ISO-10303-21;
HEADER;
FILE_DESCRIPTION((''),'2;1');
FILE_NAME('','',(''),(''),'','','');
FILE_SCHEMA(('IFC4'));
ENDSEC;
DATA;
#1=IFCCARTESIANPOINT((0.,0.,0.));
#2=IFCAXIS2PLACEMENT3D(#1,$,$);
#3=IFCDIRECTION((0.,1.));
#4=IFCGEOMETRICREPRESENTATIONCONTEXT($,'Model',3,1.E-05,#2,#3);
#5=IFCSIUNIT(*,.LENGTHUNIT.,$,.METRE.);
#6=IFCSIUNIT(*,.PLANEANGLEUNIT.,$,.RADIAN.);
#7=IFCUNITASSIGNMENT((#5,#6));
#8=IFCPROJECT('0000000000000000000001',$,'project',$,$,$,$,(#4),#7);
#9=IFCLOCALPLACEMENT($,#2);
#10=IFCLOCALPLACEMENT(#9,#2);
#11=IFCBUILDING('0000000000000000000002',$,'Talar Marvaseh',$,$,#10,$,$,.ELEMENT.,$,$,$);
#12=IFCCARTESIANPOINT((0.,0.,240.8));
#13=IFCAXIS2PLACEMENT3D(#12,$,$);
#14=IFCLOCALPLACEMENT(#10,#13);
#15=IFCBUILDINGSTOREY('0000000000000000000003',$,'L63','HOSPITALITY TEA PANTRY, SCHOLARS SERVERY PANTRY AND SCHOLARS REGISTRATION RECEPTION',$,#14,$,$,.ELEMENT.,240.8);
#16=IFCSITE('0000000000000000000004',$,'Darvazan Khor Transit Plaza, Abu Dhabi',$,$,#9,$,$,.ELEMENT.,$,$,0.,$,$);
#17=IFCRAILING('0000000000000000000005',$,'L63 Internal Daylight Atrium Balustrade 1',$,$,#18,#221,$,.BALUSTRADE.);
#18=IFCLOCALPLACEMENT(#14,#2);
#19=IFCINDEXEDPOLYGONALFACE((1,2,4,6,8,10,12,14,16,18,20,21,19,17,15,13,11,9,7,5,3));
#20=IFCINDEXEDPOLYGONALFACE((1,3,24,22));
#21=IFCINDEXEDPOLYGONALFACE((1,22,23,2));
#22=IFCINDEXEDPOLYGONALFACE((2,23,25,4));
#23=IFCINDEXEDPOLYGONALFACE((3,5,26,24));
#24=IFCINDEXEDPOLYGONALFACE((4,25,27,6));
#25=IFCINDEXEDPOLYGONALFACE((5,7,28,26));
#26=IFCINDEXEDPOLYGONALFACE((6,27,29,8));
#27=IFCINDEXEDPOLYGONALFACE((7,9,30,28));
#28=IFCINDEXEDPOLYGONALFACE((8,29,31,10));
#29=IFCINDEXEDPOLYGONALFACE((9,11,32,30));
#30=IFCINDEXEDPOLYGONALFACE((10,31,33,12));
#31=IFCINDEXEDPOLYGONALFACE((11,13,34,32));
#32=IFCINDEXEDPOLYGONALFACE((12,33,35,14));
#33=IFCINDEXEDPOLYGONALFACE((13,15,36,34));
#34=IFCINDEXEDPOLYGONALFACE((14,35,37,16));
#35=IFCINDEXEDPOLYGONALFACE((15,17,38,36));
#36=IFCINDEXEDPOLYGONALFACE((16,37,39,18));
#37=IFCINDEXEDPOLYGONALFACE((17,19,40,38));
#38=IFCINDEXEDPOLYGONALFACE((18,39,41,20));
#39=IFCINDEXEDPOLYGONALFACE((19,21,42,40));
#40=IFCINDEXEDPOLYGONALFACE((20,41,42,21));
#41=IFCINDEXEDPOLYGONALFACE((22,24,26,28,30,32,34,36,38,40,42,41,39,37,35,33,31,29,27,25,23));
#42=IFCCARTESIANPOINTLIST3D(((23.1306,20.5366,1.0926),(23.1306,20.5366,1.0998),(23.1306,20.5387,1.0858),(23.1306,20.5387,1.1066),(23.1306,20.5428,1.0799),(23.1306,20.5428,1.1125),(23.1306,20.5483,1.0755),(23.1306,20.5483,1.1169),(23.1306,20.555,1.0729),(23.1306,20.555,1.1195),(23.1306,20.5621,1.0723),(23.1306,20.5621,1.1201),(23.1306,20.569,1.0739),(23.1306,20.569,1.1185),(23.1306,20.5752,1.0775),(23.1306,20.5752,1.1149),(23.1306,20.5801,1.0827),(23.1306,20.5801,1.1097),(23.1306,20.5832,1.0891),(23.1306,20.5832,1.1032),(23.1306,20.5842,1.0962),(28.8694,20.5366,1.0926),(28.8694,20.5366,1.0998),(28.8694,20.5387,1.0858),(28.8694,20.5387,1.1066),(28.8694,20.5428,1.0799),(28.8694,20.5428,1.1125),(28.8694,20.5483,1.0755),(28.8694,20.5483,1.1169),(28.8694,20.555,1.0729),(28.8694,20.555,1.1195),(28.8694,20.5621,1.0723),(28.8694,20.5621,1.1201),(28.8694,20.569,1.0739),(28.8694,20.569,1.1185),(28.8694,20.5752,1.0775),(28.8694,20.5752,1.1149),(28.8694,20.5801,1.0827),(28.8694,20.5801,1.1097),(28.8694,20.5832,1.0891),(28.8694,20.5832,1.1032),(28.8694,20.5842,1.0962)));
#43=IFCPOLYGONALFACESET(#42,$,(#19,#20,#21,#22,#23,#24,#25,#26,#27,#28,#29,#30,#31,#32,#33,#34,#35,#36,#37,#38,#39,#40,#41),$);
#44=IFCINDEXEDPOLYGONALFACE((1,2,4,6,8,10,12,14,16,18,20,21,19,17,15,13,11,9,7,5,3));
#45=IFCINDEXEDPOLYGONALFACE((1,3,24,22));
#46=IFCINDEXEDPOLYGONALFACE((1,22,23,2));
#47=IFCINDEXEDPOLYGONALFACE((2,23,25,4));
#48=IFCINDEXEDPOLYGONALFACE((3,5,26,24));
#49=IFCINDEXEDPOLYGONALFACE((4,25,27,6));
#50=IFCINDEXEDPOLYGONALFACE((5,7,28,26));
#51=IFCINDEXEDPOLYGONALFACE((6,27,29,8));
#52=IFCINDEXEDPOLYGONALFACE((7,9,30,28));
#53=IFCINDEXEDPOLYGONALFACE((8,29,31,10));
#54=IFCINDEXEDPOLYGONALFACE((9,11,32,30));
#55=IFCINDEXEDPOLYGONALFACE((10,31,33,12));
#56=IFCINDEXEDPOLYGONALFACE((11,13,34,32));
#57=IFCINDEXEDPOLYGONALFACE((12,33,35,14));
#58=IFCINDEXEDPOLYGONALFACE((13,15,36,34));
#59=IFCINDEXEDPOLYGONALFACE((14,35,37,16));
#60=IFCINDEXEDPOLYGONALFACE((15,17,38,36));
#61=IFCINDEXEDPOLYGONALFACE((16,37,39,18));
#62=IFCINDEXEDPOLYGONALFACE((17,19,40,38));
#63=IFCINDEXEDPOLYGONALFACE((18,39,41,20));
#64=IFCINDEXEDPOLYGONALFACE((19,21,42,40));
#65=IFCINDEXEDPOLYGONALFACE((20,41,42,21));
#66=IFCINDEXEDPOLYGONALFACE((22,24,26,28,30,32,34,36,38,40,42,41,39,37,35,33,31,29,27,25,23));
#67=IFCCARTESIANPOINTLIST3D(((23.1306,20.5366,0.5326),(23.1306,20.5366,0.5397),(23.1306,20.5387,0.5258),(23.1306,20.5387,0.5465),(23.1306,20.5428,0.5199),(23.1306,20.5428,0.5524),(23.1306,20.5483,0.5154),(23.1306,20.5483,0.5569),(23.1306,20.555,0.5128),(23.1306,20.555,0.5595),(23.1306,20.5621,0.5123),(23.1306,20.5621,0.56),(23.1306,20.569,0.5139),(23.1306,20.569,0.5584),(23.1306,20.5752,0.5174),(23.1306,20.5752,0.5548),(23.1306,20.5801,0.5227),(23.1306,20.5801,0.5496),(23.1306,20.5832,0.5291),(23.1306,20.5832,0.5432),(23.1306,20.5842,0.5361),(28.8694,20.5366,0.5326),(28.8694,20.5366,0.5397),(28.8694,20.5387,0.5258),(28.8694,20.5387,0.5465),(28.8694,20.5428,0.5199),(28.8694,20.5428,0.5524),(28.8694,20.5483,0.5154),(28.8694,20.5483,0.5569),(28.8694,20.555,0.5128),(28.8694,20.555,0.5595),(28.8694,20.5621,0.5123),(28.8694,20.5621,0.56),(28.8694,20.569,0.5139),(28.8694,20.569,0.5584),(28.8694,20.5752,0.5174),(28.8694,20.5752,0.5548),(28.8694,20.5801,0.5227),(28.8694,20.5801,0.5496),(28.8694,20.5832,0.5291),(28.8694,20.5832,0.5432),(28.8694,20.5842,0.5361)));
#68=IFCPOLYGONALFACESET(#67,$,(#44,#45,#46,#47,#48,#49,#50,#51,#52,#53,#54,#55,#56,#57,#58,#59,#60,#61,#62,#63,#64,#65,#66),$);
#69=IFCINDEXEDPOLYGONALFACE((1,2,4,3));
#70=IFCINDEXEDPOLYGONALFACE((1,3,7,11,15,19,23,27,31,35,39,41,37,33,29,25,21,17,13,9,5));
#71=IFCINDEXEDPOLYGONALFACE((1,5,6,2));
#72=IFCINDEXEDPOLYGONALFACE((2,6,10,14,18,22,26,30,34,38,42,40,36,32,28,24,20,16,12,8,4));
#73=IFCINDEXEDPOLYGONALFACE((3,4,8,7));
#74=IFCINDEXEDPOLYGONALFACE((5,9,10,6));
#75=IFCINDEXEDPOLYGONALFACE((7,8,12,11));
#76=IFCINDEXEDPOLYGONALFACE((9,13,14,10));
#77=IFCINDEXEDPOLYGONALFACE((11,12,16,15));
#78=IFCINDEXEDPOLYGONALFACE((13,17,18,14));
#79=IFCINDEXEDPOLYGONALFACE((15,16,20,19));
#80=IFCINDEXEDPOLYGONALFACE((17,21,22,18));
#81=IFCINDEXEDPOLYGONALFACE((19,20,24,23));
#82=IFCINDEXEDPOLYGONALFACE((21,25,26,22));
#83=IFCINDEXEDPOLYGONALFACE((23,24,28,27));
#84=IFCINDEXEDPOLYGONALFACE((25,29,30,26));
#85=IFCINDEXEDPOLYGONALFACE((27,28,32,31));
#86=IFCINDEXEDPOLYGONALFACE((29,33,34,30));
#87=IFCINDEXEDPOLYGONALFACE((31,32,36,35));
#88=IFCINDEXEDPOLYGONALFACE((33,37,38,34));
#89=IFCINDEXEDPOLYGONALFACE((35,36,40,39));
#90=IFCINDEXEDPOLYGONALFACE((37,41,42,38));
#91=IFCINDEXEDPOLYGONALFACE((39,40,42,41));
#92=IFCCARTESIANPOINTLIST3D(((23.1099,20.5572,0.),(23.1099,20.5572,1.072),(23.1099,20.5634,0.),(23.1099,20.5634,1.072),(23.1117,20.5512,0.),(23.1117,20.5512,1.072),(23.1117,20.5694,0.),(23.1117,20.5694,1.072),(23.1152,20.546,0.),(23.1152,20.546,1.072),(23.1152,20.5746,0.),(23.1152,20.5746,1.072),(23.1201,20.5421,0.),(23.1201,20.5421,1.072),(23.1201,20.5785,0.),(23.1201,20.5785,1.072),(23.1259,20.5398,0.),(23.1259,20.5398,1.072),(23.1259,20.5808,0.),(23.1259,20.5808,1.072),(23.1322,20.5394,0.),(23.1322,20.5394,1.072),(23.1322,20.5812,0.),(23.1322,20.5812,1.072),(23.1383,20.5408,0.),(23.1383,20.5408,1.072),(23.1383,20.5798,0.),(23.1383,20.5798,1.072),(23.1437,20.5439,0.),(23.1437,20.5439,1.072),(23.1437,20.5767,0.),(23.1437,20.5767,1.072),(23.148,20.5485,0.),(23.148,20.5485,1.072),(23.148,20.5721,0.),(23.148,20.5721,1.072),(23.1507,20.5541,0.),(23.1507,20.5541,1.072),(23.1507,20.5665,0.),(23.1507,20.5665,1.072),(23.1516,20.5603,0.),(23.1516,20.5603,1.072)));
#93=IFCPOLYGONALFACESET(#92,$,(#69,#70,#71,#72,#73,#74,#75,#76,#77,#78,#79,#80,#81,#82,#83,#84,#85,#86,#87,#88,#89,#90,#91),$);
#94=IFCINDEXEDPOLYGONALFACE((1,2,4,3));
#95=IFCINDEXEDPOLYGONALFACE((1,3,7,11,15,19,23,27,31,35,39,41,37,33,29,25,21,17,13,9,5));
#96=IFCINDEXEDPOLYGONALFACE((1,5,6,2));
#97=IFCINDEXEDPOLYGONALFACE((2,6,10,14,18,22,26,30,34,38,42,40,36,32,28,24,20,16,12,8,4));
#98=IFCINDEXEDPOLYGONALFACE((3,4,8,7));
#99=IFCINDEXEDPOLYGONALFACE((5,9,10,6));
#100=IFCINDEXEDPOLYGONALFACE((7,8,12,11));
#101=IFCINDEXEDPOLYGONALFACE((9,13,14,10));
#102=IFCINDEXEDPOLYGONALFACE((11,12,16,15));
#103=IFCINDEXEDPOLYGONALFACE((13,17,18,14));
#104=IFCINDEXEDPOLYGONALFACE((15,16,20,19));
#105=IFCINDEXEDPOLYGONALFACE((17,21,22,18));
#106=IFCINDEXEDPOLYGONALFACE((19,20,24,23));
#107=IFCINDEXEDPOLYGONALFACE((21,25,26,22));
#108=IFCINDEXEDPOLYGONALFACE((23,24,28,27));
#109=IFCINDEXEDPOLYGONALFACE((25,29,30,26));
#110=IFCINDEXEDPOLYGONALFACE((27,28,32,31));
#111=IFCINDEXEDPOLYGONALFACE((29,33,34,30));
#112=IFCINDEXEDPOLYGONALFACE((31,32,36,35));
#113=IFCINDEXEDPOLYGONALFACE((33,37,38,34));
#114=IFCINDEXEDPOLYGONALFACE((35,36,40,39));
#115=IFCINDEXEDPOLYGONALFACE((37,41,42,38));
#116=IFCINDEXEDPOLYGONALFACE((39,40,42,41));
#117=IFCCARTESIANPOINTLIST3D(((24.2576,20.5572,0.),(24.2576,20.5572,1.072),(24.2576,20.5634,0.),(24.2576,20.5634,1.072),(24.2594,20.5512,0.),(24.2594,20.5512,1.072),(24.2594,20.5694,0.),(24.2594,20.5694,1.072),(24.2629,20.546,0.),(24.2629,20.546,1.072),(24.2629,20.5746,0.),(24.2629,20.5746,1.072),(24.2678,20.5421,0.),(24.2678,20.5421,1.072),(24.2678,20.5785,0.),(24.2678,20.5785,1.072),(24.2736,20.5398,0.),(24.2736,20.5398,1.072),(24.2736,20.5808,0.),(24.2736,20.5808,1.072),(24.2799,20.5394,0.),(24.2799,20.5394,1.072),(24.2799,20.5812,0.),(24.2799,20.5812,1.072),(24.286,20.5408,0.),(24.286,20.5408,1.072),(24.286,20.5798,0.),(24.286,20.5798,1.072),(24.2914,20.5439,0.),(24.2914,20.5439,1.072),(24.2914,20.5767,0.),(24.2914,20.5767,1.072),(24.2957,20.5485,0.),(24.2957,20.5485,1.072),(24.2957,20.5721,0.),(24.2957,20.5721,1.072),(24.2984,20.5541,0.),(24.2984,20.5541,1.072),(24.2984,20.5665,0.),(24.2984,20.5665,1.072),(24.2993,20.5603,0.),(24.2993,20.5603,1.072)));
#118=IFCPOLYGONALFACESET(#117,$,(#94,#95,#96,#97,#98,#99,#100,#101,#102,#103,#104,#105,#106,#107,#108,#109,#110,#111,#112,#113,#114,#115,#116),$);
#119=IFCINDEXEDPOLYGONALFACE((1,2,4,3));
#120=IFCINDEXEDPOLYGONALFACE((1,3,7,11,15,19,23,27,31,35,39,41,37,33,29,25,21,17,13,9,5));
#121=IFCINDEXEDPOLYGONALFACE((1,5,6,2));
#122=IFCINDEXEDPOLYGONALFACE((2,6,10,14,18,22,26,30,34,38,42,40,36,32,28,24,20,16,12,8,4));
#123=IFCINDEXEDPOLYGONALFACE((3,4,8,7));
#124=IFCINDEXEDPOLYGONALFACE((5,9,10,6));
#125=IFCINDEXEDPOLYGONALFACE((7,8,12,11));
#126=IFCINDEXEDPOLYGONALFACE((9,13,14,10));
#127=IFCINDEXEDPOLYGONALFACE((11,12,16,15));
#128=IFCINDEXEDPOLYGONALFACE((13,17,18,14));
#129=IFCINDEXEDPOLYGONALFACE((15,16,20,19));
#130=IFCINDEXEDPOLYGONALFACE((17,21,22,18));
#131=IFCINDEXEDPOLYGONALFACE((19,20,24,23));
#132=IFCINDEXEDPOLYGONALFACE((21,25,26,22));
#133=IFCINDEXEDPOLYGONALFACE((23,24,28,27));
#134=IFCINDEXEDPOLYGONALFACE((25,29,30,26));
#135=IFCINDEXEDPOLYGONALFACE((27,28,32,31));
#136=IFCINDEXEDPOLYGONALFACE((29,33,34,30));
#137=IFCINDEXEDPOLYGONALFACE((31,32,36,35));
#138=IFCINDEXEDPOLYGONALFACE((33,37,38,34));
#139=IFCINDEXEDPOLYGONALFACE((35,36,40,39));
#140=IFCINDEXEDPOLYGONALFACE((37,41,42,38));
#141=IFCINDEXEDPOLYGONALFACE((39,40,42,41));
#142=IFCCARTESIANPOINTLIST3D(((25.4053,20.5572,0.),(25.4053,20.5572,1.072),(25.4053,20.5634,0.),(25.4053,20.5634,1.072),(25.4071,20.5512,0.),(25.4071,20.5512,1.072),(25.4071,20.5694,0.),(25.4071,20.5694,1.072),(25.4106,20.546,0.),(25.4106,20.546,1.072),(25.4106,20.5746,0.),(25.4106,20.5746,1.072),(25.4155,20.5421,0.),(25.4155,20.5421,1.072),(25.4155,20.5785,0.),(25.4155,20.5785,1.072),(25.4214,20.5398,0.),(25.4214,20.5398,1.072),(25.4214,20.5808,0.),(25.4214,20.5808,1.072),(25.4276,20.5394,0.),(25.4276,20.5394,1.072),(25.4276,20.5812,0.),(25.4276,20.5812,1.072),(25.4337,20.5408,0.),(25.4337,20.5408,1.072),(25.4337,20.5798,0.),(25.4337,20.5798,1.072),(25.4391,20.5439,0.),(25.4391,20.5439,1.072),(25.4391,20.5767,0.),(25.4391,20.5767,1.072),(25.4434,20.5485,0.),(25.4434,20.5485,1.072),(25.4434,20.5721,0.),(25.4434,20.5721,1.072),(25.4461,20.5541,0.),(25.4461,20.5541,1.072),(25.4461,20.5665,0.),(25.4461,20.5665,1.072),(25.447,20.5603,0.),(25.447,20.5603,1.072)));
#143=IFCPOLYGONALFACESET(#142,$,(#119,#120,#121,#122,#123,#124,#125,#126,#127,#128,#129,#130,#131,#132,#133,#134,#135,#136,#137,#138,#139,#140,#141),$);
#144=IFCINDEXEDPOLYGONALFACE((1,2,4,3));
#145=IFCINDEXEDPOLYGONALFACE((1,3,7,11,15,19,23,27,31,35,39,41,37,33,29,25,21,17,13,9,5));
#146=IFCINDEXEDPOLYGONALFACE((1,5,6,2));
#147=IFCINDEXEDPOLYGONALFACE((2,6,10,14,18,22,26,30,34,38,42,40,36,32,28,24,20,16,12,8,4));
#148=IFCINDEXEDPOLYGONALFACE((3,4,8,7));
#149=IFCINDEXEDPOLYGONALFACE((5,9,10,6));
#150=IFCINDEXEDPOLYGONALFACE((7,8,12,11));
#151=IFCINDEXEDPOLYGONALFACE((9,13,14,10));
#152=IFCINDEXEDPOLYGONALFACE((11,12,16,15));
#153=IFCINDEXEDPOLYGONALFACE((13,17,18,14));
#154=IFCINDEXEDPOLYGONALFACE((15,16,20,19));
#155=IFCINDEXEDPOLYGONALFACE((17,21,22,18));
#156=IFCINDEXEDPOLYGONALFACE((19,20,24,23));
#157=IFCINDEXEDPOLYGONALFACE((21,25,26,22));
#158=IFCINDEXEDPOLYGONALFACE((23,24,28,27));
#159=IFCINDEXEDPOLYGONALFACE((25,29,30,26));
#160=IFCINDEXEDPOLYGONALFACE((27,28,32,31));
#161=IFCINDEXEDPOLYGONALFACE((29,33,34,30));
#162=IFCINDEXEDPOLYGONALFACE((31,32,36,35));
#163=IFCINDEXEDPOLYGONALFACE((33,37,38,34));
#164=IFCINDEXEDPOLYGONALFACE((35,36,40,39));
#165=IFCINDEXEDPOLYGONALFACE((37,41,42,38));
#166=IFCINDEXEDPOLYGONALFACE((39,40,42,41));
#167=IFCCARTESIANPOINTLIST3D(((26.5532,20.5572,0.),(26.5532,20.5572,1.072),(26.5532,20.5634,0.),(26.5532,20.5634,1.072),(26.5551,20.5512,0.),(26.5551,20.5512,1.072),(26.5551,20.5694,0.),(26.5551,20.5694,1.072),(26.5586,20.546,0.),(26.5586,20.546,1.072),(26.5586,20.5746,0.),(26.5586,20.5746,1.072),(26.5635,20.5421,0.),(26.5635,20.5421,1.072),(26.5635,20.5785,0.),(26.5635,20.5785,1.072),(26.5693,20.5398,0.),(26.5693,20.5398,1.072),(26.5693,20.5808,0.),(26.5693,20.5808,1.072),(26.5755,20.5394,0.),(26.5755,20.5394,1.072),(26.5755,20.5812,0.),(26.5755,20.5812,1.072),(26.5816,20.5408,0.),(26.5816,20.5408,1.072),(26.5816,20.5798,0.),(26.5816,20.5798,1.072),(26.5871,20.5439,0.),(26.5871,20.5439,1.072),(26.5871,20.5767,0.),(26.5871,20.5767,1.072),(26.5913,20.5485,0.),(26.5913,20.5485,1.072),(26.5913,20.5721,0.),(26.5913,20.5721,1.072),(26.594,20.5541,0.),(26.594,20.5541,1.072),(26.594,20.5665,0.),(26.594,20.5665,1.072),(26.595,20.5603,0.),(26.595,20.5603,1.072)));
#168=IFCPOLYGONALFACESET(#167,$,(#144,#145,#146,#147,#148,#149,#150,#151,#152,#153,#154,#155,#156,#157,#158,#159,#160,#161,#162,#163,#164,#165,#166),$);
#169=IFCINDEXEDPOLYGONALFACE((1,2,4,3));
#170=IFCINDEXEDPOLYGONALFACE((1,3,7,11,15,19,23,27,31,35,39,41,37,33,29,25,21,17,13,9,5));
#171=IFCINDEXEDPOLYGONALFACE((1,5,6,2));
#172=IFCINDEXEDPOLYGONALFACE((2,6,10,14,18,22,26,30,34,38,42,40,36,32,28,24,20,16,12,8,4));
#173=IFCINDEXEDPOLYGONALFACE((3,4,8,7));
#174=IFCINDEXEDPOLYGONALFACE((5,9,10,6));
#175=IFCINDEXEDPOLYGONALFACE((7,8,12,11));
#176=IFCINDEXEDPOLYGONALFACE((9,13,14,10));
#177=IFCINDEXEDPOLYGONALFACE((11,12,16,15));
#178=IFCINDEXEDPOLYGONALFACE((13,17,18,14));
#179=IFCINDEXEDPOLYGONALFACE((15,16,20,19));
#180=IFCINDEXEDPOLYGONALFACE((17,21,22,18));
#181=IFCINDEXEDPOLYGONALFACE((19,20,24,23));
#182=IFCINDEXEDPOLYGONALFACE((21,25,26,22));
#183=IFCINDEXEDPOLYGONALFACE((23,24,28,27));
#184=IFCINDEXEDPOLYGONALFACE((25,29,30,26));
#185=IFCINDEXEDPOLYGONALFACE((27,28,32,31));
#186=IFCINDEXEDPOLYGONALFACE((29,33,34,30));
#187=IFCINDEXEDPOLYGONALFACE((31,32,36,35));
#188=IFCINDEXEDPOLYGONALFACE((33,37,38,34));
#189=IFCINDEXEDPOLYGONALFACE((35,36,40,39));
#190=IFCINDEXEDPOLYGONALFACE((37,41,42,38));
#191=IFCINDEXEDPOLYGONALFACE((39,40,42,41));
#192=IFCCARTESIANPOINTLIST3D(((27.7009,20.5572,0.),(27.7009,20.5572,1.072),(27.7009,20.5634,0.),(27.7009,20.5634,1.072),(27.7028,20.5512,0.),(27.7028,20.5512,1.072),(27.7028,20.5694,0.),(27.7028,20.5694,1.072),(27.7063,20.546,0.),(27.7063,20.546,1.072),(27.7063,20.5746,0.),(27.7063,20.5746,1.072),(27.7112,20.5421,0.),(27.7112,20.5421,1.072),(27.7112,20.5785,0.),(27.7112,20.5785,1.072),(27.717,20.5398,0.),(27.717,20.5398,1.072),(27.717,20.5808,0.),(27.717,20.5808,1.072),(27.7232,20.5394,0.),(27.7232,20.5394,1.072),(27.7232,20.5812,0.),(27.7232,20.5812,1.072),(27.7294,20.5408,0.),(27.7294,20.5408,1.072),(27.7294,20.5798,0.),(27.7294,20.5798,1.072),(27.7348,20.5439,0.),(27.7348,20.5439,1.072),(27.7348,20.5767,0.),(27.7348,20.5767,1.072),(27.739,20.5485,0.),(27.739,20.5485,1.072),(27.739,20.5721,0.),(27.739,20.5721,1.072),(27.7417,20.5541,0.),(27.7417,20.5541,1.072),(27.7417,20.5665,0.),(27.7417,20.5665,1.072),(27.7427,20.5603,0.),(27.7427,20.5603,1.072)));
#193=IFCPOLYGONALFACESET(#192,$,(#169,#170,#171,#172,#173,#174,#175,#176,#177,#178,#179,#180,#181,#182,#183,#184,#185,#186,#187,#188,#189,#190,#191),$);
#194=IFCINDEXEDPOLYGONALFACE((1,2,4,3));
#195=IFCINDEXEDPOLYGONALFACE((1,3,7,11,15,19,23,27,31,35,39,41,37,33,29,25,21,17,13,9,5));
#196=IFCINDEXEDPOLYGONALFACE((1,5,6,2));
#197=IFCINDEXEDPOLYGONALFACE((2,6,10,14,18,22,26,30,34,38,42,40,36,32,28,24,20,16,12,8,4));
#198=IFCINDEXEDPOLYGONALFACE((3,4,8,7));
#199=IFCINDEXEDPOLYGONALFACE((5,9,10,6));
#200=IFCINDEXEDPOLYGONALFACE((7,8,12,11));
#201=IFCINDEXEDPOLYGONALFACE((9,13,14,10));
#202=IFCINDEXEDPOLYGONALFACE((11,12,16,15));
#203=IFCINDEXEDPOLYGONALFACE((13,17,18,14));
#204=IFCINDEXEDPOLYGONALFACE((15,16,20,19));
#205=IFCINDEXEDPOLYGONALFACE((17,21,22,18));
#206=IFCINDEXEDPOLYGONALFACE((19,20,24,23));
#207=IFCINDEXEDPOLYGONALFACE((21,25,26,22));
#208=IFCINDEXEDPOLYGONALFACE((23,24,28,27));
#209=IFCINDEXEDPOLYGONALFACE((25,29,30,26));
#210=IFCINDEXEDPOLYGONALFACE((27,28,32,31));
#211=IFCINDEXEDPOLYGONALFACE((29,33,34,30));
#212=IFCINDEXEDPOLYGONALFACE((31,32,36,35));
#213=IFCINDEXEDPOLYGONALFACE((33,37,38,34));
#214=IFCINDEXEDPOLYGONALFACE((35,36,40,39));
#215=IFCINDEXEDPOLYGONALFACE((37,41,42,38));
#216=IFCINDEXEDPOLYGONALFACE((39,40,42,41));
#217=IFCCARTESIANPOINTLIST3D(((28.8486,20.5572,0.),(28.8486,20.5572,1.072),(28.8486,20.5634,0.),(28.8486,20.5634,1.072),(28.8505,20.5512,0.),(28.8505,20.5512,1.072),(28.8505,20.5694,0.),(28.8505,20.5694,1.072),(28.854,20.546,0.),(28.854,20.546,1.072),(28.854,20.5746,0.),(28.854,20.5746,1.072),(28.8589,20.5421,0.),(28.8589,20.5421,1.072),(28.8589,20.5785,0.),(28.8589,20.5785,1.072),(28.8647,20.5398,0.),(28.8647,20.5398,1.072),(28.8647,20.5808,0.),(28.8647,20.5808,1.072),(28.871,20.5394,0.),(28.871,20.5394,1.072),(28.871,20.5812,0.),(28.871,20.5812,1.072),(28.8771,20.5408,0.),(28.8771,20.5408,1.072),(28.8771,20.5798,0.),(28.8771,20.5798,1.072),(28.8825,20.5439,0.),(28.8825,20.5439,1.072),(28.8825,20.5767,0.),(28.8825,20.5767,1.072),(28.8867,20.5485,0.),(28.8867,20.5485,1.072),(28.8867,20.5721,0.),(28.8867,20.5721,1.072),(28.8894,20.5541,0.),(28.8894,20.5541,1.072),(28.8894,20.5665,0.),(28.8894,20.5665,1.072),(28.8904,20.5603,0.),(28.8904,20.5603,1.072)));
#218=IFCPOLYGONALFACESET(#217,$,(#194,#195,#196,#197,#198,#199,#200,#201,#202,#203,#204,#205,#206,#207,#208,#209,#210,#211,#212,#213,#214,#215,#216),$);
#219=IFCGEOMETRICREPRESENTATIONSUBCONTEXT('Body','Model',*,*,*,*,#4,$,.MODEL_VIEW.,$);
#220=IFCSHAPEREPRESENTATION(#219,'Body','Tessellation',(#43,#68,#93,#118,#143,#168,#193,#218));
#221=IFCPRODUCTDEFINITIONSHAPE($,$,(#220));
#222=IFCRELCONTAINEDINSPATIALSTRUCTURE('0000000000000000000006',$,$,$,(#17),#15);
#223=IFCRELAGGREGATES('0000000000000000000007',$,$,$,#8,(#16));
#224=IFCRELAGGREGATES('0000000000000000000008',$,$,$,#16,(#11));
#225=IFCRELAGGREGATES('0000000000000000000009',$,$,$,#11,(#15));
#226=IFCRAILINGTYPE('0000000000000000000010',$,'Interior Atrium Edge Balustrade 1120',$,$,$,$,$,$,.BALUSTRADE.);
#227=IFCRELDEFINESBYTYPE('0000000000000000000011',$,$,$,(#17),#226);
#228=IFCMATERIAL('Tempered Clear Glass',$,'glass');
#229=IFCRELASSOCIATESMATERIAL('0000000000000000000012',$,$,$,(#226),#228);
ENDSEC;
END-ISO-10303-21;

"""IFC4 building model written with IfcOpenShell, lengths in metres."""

from ifc_helpers import new_model, si_unit, direction, frame, origin, origin_2d, place, context, subcontext, project, spatial, circle, extrude, material, type_object, element, save


model = new_model("IFC4")

# Units and contexts
model_context = context("Model", 3, precision=1e-05, world=origin(), true_north=direction((0.0, 1.0)))
body_context = subcontext(model_context, "Body", "Model", "MODEL_VIEW")
ifc_project = project(units=[si_unit("LENGTHUNIT", "METRE"), si_unit("PLANEANGLEUNIT", "RADIAN")], contexts=[model_context])

# Site, building, storey
site_placement = place(None, origin())
site = spatial("IfcSite", under=ifc_project, at=site_placement, Name="Darvazan Khor Transit Plaza, Abu Dhabi", CompositionType="ELEMENT", RefElevation=0.0)
building_placement = place(site_placement, origin())
building = spatial("IfcBuilding", under=site, at=building_placement, Name="Talar Marvaseh", CompositionType="ELEMENT")
storey_placement = place(building_placement, frame((0.0, 0.0, 240.8)))
storey = spatial("IfcBuildingStorey", under=building, at=storey_placement, Name="L63", Description="HOSPITALITY TEA PANTRY, SCHOLARS SERVERY PANTRY AND SCHOLARS REGISTRATION RECEPTION", CompositionType="ELEMENT", Elevation=240.8)

# Railing
ifc_material_1 = material(Name="Tempered Clear Glass", Category="glass")
railing_type = type_object("IfcRailingType", Name="Interior Atrium Edge Balustrade 1120", PredefinedType="BALUSTRADE", material=ifc_material_1)
railing_1_placement = place(storey_placement, frame((23.1306, 20.5603, 0.0)))
element("IfcRailing", 1, at=railing_1_placement, inside=storey, type_object=railing_type, Name="L63 Internal Daylight Atrium Balustrade 1", PredefinedType="BALUSTRADE", context=body_context, shape_type="SweptSolid", body=[
    extrude(circle(Radius=0.0239, at=origin_2d()), frame((0.0, 0.0, 1.0962), z_axis=(1.0, 0.0, 0.0), x_axis=(0.0, 1.0, 0.0)), (0.0, 0.0, 1.0), 5.7388),
    extrude(circle(Radius=0.0239, at=origin_2d()), frame((0.0, 0.0, 0.5361), z_axis=(1.0, 0.0, 0.0), x_axis=(0.0, 1.0, 0.0)), (0.0, 0.0, 1.0), 5.7388),
    extrude(circle(Radius=0.021, at=origin_2d()), origin(), (0.0, 0.0, 1.0), 1.072),
    extrude(circle(Radius=0.021, at=origin_2d()), frame((1.1477, 0.0, 0.0)), (0.0, 0.0, 1.0), 1.072),
    extrude(circle(Radius=0.021, at=origin_2d()), frame((2.2954, 0.0, 0.0)), (0.0, 0.0, 1.0), 1.072),
    extrude(circle(Radius=0.021, at=origin_2d()), frame((3.4434, 0.0, 0.0)), (0.0, 0.0, 1.0), 1.072),
    extrude(circle(Radius=0.021, at=origin_2d()), frame((4.5911, 0.0, 0.0)), (0.0, 0.0, 1.0), 1.072),
    extrude(circle(Radius=0.021, at=origin_2d()), frame((5.7388, 0.0, 0.0)), (0.0, 0.0, 1.0), 1.072),
])

save(model, "model.ifc")
